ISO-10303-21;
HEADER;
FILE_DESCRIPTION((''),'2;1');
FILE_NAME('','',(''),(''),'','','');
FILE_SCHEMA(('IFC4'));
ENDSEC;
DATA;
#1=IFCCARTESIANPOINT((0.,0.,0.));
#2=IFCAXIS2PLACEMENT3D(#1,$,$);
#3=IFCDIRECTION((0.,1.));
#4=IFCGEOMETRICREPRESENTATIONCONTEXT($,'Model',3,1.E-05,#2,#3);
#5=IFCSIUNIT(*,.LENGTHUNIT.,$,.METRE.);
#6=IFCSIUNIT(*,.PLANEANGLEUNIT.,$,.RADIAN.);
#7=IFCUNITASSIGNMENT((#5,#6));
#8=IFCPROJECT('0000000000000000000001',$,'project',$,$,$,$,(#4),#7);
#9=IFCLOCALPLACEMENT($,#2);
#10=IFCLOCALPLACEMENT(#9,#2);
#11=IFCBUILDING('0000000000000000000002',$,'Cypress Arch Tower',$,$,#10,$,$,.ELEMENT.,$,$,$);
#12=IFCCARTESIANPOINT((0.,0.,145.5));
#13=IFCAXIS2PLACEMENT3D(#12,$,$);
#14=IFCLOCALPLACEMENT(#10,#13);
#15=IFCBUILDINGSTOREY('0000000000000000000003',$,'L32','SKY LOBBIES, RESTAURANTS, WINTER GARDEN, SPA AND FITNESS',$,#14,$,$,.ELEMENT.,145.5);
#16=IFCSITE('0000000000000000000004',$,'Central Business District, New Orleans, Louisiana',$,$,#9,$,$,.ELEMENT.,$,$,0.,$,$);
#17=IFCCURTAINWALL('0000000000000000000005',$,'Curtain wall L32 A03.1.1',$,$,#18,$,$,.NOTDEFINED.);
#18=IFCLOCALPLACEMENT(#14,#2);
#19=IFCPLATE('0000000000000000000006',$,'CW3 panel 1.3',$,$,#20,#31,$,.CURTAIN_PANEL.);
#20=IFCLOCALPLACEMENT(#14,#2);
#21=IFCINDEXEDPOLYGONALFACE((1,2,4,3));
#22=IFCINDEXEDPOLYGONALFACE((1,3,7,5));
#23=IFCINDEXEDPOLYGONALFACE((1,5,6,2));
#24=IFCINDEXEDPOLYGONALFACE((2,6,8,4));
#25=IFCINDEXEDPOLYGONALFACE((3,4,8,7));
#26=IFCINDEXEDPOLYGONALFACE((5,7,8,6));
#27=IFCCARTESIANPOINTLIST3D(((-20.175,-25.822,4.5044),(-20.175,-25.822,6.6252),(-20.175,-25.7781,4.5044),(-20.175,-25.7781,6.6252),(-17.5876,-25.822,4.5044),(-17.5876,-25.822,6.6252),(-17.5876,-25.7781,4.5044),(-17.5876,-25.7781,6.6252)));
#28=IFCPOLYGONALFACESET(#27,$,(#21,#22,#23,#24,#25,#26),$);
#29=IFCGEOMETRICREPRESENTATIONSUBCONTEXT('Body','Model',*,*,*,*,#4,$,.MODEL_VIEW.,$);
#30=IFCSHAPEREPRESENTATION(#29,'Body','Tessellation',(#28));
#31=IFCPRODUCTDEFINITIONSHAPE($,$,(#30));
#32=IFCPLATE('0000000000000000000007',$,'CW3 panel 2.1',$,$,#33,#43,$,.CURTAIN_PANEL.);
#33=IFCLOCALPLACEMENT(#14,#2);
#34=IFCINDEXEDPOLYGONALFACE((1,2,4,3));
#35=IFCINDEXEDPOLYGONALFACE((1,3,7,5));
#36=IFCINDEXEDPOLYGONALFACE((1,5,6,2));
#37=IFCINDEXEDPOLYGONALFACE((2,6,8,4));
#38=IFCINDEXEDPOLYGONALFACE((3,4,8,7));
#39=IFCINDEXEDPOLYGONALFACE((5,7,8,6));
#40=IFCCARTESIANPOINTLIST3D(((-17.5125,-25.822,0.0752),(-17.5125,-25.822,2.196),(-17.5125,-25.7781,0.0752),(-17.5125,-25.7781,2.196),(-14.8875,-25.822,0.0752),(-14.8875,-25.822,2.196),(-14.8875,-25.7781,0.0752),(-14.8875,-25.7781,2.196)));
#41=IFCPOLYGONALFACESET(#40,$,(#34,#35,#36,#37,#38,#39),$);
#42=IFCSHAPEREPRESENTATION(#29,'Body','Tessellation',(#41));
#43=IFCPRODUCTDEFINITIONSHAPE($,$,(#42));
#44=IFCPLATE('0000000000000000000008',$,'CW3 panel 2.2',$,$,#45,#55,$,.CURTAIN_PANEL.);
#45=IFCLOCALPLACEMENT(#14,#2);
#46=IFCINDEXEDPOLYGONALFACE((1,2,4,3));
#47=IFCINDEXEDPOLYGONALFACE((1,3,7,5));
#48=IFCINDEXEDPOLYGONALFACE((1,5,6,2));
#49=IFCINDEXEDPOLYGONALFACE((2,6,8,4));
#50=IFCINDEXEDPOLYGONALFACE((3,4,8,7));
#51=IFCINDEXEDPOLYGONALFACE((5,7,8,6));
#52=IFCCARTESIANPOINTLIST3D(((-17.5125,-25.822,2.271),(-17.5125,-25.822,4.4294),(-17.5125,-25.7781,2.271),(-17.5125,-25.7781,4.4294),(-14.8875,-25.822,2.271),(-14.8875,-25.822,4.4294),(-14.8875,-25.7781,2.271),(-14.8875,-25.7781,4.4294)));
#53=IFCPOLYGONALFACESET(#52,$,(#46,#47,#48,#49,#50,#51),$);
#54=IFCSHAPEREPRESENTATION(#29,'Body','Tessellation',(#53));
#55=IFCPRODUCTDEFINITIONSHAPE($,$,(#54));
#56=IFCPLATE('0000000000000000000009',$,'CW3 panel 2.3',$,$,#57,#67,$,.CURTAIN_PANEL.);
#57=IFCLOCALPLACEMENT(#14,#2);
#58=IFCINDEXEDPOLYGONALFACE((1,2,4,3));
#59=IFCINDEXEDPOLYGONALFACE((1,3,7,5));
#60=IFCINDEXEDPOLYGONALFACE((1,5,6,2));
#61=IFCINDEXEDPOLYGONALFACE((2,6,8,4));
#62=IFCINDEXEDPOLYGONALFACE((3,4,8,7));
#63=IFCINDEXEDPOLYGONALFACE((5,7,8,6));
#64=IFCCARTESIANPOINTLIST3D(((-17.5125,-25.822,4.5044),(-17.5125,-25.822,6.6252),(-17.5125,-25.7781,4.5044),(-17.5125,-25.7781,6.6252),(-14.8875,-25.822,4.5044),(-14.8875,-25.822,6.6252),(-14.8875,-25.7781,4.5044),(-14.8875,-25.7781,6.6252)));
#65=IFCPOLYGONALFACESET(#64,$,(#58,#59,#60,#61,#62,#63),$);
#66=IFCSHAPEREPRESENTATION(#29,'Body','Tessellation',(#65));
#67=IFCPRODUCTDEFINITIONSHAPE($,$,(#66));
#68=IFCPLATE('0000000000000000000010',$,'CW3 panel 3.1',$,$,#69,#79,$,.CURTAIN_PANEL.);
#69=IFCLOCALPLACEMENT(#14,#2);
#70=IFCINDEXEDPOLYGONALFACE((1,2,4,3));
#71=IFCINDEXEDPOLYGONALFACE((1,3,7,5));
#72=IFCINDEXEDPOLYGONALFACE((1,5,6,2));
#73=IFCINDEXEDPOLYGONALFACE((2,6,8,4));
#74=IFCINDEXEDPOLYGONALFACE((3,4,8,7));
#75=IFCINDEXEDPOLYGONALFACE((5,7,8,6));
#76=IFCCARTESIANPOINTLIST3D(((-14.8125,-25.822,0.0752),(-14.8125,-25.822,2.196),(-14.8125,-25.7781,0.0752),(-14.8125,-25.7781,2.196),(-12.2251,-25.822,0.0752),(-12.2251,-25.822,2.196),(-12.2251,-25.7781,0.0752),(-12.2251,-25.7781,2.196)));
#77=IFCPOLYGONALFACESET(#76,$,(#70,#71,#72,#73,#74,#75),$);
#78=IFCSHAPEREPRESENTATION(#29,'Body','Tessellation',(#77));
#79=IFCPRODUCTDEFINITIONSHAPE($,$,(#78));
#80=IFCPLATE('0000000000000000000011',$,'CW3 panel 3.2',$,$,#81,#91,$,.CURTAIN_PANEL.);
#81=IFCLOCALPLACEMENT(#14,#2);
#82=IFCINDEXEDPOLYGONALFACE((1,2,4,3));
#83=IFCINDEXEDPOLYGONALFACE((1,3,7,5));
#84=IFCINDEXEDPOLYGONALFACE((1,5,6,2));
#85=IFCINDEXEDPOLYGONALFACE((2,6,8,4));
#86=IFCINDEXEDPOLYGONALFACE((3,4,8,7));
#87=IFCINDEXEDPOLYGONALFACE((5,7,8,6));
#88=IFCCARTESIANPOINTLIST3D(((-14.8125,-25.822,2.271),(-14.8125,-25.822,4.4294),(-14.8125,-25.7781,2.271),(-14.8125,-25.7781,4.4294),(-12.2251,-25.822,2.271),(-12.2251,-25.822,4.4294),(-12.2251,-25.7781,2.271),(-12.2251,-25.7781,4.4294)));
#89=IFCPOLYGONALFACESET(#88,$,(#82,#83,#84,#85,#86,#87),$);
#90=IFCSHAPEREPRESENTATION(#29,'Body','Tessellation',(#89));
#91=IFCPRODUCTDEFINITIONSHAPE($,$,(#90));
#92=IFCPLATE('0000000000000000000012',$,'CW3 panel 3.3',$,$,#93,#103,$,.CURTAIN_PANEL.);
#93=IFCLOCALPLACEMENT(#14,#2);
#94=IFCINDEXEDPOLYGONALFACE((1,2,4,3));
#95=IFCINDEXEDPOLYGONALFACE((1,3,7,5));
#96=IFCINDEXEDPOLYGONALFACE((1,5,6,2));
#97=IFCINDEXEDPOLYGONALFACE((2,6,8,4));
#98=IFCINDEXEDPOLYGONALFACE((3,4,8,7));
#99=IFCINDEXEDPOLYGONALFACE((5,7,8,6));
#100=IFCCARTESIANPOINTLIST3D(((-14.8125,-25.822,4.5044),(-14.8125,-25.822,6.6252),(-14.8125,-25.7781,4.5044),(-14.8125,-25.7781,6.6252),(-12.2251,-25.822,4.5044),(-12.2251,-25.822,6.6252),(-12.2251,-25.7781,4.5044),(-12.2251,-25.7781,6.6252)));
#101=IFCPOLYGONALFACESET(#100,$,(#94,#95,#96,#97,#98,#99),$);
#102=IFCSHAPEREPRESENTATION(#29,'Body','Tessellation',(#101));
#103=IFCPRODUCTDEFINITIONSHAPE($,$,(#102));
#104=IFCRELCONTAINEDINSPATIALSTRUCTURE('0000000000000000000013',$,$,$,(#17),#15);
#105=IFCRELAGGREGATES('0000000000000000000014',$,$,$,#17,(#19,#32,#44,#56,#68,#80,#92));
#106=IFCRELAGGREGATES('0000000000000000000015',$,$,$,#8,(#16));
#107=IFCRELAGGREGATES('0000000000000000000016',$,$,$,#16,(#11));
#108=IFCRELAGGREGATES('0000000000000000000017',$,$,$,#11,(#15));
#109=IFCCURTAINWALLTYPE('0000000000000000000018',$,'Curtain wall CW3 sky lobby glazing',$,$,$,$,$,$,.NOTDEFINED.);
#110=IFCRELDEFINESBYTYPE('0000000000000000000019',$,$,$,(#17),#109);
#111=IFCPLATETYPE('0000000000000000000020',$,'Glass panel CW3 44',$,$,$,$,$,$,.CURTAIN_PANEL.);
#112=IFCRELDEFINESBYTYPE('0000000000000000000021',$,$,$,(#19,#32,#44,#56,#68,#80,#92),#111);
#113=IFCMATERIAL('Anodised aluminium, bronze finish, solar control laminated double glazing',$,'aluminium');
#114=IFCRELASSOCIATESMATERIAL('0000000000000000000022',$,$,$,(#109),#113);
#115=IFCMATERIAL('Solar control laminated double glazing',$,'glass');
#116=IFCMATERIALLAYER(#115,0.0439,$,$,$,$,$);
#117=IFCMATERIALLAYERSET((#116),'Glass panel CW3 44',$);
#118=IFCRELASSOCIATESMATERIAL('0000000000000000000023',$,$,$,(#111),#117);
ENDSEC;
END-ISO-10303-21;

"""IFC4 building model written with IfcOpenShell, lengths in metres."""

from ifc_helpers import new_model, si_unit, direction, frame, origin, origin_2d, place, context, subcontext, project, spatial, rectangle, extrude, material, layer, layer_set, type_object, element, aggregate, save


model = new_model("IFC4")

# Units and contexts
model_context = context("Model", 3, precision=1e-05, world=origin(), true_north=direction((0.0, 1.0)))
body_context = subcontext(model_context, "Body", "Model", "MODEL_VIEW")
ifc_project = project(units=[si_unit("LENGTHUNIT", "METRE"), si_unit("PLANEANGLEUNIT", "RADIAN")], contexts=[model_context])

# Site, building, storey
site_placement = place(None, origin())
site = spatial("IfcSite", under=ifc_project, at=site_placement, Name="Central Business District, New Orleans, Louisiana", CompositionType="ELEMENT", RefElevation=0.0)
building_placement = place(site_placement, origin())
building = spatial("IfcBuilding", under=site, at=building_placement, Name="Cypress Arch Tower", CompositionType="ELEMENT")
storey_placement = place(building_placement, frame((0.0, 0.0, 145.5)))
storey = spatial("IfcBuildingStorey", under=building, at=storey_placement, Name="L32", Description="SKY LOBBIES, RESTAURANTS, WINTER GARDEN, SPA AND FITNESS", CompositionType="ELEMENT", Elevation=145.5)

# Curtain wall, plates
ifc_material_1 = material(Name="Anodised aluminium, bronze finish, solar control laminated double glazing", Category="aluminium")
curtain_wall_type = type_object("IfcCurtainWallType", Name="Curtain wall CW3 sky lobby glazing", PredefinedType="NOTDEFINED", material=ifc_material_1)
curtain_wall_placement = place(storey_placement, origin())
curtain_wall = element("IfcCurtainWall", 1, at=curtain_wall_placement, inside=storey, type_object=curtain_wall_type, Name="Curtain wall L32 A03.1.1", PredefinedType="NOTDEFINED")
ifc_material_2 = material(Name="Solar control laminated double glazing", Category="glass")
ifc_layer = layer(ifc_material_2, 0.0439)
ifc_layer_set = layer_set([ifc_layer], Name="Glass panel CW3 44")
plate_type = type_object("IfcPlateType", Name="Glass panel CW3 44", PredefinedType="CURTAIN_PANEL", material=ifc_layer_set)
plate_1_placement = place(storey_placement, frame((-18.8813, -25.8, 4.5044), z_axis=(0.0, 0.0, 1.0), x_axis=(1.0, 0.0, 0.0)))
plate_1 = element("IfcPlate", 2, at=plate_1_placement, type_object=plate_type, Name="CW3 panel 1.3", PredefinedType="CURTAIN_PANEL", context=body_context, shape_type="SweptSolid", body=[
    extrude(rectangle(XDim=2.5874, YDim=0.0439, at=origin_2d()), origin(), (0.0, 0.0, 1.0), 2.1208),
])
plate_2_placement = place(storey_placement, frame((-16.2, -25.8, 0.0752), z_axis=(0.0, 0.0, 1.0), x_axis=(1.0, 0.0, 0.0)))
plate_2 = element("IfcPlate", 3, at=plate_2_placement, type_object=plate_type, Name="CW3 panel 2.1", PredefinedType="CURTAIN_PANEL", context=body_context, shape_type="SweptSolid", body=[
    extrude(rectangle(XDim=2.625, YDim=0.0439, at=origin_2d()), origin(), (0.0, 0.0, 1.0), 2.1208),
])
plate_3_placement = place(storey_placement, frame((-16.2, -25.8, 2.271), z_axis=(0.0, 0.0, 1.0), x_axis=(1.0, 0.0, 0.0)))
plate_3 = element("IfcPlate", 4, at=plate_3_placement, type_object=plate_type, Name="CW3 panel 2.2", PredefinedType="CURTAIN_PANEL", context=body_context, shape_type="SweptSolid", body=[
    extrude(rectangle(XDim=2.625, YDim=0.0439, at=origin_2d()), origin(), (0.0, 0.0, 1.0), 2.1584),
])
plate_4_placement = place(storey_placement, frame((-16.2, -25.8, 4.5044), z_axis=(0.0, 0.0, 1.0), x_axis=(1.0, 0.0, 0.0)))
plate_4 = element("IfcPlate", 5, at=plate_4_placement, type_object=plate_type, Name="CW3 panel 2.3", PredefinedType="CURTAIN_PANEL", context=body_context, shape_type="SweptSolid", body=[
    extrude(rectangle(XDim=2.625, YDim=0.0439, at=origin_2d()), origin(), (0.0, 0.0, 1.0), 2.1208),
])
plate_5_placement = place(storey_placement, frame((-13.5188, -25.8, 0.0752), z_axis=(0.0, 0.0, 1.0), x_axis=(1.0, 0.0, 0.0)))
plate_5 = element("IfcPlate", 6, at=plate_5_placement, type_object=plate_type, Name="CW3 panel 3.1", PredefinedType="CURTAIN_PANEL", context=body_context, shape_type="SweptSolid", body=[
    extrude(rectangle(XDim=2.5874, YDim=0.0439, at=origin_2d()), origin(), (0.0, 0.0, 1.0), 2.1208),
])
plate_6_placement = place(storey_placement, frame((-13.5188, -25.8, 2.271), z_axis=(0.0, 0.0, 1.0), x_axis=(1.0, 0.0, 0.0)))
plate_6 = element("IfcPlate", 7, at=plate_6_placement, type_object=plate_type, Name="CW3 panel 3.2", PredefinedType="CURTAIN_PANEL", context=body_context, shape_type="SweptSolid", body=[
    extrude(rectangle(XDim=2.5874, YDim=0.0439, at=origin_2d()), origin(), (0.0, 0.0, 1.0), 2.1584),
])
plate_7_placement = place(storey_placement, frame((-13.5188, -25.8, 4.5044), z_axis=(0.0, 0.0, 1.0), x_axis=(1.0, 0.0, 0.0)))
plate_7 = element("IfcPlate", 8, at=plate_7_placement, type_object=plate_type, Name="CW3 panel 3.3", PredefinedType="CURTAIN_PANEL", context=body_context, shape_type="SweptSolid", body=[
    extrude(rectangle(XDim=2.5874, YDim=0.0439, at=origin_2d()), origin(), (0.0, 0.0, 1.0), 2.1208),
])
aggregate(curtain_wall, [plate_1, plate_2, plate_3, plate_4, plate_5, plate_6, plate_7])

save(model, "model.ifc")
